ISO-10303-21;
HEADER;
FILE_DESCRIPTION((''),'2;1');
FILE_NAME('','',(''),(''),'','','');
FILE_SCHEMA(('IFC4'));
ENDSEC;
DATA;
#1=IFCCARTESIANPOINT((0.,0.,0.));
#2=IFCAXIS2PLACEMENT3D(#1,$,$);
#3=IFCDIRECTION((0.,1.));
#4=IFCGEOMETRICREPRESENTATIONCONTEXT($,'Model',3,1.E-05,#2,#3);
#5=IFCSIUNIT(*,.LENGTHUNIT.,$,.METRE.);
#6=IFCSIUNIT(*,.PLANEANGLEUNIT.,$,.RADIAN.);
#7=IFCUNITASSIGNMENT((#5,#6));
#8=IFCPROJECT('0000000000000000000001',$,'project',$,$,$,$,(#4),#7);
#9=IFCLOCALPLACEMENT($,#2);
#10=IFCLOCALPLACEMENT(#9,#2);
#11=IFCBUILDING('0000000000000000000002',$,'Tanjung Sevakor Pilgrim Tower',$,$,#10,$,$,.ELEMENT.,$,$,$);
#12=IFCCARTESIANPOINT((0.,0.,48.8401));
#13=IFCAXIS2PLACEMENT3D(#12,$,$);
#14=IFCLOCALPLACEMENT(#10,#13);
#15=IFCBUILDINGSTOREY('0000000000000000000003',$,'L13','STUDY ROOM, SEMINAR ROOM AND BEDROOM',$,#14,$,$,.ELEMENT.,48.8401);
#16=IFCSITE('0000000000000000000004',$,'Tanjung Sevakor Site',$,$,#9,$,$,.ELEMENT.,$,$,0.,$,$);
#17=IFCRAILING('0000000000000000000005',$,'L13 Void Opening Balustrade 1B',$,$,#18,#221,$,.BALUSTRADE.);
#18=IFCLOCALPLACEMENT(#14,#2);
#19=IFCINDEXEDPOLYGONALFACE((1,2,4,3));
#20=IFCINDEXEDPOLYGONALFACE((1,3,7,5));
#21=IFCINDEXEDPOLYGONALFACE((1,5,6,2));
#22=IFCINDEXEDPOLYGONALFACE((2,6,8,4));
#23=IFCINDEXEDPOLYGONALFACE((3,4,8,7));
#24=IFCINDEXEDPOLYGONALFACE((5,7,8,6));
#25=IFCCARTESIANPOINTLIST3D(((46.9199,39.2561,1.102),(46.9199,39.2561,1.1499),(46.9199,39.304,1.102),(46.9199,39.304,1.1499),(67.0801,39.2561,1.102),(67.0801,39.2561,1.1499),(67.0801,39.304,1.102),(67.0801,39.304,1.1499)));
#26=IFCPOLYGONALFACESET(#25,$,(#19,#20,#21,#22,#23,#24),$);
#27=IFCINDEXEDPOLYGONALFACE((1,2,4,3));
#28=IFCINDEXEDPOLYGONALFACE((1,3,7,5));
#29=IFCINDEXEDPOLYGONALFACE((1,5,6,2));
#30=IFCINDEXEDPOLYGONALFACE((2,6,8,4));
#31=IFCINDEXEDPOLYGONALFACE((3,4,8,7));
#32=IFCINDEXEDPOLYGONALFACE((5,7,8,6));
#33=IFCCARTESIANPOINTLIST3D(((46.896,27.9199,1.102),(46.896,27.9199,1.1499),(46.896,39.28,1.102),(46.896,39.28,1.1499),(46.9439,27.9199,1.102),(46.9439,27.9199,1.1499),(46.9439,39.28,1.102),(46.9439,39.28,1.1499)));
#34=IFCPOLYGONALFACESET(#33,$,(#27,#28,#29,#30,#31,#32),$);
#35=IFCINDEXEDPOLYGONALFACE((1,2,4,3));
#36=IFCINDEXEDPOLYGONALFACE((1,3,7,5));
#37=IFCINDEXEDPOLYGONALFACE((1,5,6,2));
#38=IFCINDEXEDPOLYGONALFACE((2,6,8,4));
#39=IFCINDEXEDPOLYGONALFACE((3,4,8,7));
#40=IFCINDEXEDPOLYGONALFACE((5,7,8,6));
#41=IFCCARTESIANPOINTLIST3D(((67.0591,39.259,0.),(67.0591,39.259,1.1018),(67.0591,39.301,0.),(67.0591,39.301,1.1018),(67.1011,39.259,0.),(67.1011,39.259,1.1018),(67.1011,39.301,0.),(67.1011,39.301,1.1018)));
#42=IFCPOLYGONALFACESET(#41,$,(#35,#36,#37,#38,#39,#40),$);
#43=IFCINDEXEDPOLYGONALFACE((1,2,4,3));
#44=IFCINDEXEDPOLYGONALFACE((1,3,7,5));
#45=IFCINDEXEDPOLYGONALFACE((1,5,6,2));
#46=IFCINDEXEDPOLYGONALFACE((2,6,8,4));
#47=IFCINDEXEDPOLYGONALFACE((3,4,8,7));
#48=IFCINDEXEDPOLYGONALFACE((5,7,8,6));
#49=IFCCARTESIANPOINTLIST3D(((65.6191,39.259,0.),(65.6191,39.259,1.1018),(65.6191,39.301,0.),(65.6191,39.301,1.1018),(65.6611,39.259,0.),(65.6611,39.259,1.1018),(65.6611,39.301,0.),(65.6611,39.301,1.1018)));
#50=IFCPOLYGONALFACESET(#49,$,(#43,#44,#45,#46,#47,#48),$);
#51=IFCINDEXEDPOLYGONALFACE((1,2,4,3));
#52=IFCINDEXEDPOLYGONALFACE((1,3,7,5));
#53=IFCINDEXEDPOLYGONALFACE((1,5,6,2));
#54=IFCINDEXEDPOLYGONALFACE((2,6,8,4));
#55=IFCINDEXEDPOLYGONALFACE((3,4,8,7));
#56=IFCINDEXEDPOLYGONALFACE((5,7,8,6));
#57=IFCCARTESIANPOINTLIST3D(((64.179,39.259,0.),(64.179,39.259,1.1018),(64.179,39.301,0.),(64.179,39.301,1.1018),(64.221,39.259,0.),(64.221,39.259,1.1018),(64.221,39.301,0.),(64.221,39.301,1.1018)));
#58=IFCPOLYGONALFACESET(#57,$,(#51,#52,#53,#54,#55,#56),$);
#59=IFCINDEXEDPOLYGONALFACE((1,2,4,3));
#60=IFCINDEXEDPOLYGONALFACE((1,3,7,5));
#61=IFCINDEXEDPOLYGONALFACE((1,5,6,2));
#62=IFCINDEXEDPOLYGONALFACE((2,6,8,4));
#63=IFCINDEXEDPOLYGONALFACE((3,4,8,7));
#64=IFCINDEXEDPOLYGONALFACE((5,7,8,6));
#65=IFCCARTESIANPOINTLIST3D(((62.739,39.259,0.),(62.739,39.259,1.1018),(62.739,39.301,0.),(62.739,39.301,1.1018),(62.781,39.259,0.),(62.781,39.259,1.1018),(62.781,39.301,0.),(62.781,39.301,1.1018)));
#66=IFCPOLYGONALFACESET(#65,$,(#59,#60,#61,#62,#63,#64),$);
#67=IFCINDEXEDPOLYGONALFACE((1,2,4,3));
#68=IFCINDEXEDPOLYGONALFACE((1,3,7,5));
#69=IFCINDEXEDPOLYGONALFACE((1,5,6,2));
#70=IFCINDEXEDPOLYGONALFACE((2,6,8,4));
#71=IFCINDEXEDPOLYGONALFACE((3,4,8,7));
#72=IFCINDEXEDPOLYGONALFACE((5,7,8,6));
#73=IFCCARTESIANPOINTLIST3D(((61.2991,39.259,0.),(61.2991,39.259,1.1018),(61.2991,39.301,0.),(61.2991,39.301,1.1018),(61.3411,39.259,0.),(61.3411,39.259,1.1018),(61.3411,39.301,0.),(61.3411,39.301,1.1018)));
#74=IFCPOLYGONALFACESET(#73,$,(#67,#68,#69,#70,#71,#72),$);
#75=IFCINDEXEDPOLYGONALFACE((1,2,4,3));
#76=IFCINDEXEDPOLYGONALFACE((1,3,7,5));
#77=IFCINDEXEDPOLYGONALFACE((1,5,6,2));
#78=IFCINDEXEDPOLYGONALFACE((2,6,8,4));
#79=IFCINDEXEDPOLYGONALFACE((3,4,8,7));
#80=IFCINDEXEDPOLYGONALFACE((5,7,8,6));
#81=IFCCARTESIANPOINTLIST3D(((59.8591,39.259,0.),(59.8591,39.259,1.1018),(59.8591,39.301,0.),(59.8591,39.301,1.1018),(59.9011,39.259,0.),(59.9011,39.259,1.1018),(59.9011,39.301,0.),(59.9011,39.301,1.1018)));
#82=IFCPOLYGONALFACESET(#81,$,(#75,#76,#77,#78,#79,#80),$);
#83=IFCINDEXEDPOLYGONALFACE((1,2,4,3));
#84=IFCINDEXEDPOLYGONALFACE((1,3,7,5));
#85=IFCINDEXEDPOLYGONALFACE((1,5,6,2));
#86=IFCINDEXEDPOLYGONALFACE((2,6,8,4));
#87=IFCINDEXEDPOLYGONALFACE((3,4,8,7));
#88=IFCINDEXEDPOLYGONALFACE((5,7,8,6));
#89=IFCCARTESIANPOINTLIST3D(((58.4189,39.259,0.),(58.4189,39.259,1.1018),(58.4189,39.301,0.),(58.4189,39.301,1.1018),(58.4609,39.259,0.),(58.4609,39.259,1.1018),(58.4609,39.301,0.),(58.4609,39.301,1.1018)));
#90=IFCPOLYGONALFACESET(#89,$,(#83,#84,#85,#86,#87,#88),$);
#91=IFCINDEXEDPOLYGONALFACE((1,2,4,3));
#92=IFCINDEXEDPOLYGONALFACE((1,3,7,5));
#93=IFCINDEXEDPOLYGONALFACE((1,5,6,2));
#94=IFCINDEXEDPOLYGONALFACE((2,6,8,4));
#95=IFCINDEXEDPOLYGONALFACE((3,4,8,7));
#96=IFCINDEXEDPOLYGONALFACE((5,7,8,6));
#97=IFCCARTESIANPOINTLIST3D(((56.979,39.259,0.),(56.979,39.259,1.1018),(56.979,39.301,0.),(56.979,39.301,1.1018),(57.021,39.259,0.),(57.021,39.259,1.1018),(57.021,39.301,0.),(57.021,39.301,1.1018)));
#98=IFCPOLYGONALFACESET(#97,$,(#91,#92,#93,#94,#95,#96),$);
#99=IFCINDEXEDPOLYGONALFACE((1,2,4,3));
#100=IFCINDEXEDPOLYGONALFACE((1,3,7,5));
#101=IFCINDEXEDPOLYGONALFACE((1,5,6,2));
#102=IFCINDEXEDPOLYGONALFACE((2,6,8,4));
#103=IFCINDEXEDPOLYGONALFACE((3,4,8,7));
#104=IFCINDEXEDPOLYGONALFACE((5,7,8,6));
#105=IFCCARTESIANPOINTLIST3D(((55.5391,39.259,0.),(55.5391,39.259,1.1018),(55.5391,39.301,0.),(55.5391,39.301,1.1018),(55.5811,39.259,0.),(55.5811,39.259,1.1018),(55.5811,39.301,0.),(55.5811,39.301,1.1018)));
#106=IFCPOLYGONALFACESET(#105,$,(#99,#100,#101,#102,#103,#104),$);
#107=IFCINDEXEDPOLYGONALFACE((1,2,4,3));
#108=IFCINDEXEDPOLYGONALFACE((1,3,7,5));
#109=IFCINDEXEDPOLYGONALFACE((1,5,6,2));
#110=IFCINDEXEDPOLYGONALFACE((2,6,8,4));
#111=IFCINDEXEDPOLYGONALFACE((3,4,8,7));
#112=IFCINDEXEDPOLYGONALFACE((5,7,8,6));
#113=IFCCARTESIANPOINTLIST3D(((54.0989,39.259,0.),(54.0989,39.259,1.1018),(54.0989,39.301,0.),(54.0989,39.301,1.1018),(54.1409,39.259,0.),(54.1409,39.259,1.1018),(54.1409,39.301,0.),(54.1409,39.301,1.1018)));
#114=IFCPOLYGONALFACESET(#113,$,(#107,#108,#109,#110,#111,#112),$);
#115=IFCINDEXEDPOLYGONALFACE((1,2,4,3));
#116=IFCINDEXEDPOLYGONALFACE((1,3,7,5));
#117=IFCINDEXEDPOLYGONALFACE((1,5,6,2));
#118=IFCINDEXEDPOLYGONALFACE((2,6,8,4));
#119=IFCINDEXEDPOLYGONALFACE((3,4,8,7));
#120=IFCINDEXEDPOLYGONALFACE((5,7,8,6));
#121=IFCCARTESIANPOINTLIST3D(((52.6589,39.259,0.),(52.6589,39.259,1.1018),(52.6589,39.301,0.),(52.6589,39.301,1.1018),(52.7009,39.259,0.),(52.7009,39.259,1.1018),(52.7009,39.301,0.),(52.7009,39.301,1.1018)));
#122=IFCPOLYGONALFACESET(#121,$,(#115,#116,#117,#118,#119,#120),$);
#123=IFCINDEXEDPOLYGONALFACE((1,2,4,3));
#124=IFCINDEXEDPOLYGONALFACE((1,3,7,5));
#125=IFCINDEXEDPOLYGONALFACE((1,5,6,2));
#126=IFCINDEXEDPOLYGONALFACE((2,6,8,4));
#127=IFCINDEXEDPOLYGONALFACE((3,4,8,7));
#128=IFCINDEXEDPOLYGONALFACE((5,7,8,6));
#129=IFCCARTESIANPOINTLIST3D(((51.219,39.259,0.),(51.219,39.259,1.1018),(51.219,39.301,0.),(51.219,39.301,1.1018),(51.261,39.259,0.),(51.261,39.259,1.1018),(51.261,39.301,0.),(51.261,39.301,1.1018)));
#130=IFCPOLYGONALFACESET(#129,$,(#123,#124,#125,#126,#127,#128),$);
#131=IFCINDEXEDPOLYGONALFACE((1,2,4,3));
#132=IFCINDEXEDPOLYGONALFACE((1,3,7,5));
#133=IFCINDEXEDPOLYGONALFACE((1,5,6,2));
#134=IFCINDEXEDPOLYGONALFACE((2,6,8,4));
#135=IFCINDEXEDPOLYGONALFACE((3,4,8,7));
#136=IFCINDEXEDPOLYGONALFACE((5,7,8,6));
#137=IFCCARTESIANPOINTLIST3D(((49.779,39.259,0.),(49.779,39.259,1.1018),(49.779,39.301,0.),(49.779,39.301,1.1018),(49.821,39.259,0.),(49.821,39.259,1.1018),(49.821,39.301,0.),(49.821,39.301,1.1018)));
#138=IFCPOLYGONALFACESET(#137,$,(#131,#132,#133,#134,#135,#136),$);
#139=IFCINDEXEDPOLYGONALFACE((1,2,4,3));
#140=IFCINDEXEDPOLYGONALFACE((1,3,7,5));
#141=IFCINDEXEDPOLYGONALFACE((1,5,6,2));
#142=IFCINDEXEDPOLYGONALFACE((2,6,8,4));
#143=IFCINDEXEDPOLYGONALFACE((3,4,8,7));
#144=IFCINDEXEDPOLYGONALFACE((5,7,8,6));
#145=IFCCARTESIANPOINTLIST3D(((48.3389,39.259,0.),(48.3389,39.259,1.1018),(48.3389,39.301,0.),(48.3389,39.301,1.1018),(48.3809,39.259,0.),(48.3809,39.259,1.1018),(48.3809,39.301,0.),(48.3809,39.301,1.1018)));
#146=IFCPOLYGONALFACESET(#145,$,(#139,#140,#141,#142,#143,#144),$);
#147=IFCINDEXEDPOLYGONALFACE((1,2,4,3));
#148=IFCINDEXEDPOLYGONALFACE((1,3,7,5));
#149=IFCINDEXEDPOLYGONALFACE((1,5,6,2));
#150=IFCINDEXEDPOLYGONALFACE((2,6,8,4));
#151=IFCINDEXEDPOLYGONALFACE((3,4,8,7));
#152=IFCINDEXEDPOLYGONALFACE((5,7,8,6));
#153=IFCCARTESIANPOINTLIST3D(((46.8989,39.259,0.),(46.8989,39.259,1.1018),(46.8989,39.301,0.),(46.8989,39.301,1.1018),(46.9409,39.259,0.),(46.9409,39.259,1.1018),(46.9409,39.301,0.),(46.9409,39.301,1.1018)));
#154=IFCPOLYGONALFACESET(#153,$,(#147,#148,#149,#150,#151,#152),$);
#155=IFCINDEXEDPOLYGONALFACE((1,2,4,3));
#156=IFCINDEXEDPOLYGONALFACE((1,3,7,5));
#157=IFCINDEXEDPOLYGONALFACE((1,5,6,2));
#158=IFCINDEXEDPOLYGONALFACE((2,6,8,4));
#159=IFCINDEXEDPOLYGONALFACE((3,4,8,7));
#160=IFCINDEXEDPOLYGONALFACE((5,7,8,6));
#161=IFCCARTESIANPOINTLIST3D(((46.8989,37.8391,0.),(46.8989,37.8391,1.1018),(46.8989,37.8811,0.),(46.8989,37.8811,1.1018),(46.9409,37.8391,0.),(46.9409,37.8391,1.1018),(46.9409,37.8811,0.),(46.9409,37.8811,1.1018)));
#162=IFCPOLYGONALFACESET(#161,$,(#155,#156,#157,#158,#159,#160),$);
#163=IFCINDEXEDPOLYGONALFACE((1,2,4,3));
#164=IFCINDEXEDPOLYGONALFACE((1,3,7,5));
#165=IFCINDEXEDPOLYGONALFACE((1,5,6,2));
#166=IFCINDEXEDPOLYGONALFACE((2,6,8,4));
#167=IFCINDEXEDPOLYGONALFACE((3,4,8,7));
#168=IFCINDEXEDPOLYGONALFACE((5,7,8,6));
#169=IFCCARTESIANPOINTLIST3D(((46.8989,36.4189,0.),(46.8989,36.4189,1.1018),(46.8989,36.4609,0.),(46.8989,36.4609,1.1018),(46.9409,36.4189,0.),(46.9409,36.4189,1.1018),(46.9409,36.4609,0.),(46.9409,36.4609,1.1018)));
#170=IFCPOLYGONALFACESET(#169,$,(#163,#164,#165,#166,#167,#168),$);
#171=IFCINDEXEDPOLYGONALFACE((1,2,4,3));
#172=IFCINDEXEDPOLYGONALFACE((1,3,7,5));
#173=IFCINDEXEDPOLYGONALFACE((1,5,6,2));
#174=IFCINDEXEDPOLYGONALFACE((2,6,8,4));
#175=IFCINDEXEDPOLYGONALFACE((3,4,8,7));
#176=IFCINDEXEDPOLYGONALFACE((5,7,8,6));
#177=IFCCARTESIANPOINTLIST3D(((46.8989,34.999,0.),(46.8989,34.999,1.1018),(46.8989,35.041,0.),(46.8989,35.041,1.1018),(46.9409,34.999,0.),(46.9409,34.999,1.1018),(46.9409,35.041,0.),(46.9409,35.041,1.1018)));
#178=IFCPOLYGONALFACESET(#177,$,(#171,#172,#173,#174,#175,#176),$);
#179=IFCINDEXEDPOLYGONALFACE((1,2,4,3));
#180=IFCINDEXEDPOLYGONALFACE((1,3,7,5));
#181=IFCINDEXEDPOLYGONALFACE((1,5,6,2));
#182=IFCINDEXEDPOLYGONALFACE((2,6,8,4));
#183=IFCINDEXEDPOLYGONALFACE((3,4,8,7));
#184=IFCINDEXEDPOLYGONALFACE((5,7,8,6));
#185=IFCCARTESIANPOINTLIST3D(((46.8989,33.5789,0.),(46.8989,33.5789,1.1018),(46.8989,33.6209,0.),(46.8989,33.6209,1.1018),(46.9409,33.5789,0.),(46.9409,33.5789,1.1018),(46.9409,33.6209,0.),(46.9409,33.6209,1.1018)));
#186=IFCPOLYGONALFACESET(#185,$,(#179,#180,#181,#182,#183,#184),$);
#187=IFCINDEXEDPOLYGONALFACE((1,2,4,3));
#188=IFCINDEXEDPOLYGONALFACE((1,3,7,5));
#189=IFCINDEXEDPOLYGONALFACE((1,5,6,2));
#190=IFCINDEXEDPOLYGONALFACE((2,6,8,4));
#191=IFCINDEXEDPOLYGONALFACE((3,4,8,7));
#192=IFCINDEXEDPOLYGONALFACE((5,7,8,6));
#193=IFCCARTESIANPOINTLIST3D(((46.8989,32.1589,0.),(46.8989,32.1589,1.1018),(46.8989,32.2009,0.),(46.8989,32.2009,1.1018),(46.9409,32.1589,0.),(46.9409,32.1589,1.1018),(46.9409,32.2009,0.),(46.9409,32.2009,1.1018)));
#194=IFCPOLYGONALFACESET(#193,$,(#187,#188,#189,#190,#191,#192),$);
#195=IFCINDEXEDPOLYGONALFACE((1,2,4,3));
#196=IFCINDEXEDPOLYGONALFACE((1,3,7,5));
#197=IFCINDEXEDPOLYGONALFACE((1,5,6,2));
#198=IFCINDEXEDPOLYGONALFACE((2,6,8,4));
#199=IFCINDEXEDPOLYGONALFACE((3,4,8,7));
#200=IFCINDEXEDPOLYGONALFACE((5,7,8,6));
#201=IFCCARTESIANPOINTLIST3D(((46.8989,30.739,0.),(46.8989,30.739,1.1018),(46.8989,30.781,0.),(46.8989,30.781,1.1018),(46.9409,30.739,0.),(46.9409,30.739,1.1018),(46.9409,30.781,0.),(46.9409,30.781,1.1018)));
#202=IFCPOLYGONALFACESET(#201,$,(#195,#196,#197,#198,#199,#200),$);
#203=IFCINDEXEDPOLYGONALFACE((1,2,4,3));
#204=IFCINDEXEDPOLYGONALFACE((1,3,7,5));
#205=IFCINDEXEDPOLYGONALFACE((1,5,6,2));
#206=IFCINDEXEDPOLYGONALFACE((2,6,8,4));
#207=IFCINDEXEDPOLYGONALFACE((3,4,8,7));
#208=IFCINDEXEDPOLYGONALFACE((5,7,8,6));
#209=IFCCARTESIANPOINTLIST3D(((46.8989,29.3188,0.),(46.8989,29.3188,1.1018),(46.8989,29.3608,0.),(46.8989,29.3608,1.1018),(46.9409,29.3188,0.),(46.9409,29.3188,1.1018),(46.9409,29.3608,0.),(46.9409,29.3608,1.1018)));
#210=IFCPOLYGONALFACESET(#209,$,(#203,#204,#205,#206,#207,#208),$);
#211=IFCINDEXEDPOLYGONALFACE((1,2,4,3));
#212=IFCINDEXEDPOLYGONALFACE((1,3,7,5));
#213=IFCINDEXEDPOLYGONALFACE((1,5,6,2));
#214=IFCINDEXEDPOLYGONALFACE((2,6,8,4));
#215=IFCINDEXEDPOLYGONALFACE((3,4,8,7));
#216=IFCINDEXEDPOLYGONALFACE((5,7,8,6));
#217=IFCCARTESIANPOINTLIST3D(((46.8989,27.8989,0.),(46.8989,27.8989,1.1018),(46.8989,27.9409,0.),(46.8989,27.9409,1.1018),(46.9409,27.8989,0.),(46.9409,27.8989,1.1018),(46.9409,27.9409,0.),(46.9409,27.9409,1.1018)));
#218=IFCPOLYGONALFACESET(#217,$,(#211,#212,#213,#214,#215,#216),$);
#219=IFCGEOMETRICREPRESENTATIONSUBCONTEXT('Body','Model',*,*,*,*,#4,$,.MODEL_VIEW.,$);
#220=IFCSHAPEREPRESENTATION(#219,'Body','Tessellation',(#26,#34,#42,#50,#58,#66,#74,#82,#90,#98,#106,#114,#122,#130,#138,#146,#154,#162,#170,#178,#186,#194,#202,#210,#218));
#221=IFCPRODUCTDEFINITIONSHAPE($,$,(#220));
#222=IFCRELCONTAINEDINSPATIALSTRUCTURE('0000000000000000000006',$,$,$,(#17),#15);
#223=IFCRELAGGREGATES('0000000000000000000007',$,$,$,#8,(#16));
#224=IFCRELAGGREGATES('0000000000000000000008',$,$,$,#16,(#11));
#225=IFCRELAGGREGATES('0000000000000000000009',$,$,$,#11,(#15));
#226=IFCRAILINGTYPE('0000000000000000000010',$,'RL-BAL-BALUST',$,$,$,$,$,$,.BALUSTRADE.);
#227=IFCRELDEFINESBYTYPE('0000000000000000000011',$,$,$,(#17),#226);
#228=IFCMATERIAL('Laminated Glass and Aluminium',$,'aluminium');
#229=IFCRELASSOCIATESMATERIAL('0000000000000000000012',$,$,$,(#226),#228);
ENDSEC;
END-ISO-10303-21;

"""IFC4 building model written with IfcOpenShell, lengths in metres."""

from ifc_helpers import new_model, si_unit, direction, frame, origin, place, context, subcontext, project, spatial, rectangle, extrude, material, type_object, element, save


model = new_model("IFC4")

# Units and contexts
model_context = context("Model", 3, precision=1e-05, world=origin(), true_north=direction((0.0, 1.0)))
body_context = subcontext(model_context, "Body", "Model", "MODEL_VIEW")
ifc_project = project(units=[si_unit("LENGTHUNIT", "METRE"), si_unit("PLANEANGLEUNIT", "RADIAN")], contexts=[model_context])

# Site, building, storey
site_placement = place(None, origin())
site = spatial("IfcSite", under=ifc_project, at=site_placement, Name="Tanjung Sevakor Site", CompositionType="ELEMENT", RefElevation=0.0)
building_placement = place(site_placement, origin())
building = spatial("IfcBuilding", under=site, at=building_placement, Name="Tanjung Sevakor Pilgrim Tower", CompositionType="ELEMENT")
storey_placement = place(building_placement, frame((0.0, 0.0, 48.8401)))
storey = spatial("IfcBuildingStorey", under=building, at=storey_placement, Name="L13", Description="STUDY ROOM, SEMINAR ROOM AND BEDROOM", CompositionType="ELEMENT", Elevation=48.8401)

# Railing
ifc_material_1 = material(Name="Laminated Glass and Aluminium", Category="aluminium")
railing_type = type_object("IfcRailingType", Name="RL-BAL-BALUST", PredefinedType="BALUSTRADE", material=ifc_material_1)
railing_placement = place(storey_placement, frame((67.0801, 39.28, 0.0)))
element("IfcRailing", 1, at=railing_placement, inside=storey, type_object=railing_type, Name="L13 Void Opening Balustrade 1B", PredefinedType="BALUSTRADE", context=body_context, shape_type="SweptSolid", body=[
    extrude(rectangle(XDim=0.0479, YDim=0.0479), frame((0.0, 0.0, 1.126), z_axis=(-1.0, 0.0, 0.0), x_axis=(0.0, -1.0, 0.0)), (0.0, 0.0, 1.0), 20.1602),
    extrude(rectangle(XDim=0.0479, YDim=0.0479), frame((-20.1602, 0.0, 1.126), z_axis=(0.0, -1.0, 0.0), x_axis=(1.0, 0.0, 0.0)), (0.0, 0.0, 1.0), 11.3601),
    extrude(rectangle(XDim=0.042, YDim=0.042), origin(), (0.0, 0.0, 1.0), 1.1018),
    extrude(rectangle(XDim=0.042, YDim=0.042), frame((-1.4399, 0.0, 0.0)), (0.0, 0.0, 1.0), 1.1018),
    extrude(rectangle(XDim=0.042, YDim=0.042), frame((-2.8801, 0.0, 0.0)), (0.0, 0.0, 1.0), 1.1018),
    extrude(rectangle(XDim=0.042, YDim=0.042), frame((-4.3201, 0.0, 0.0)), (0.0, 0.0, 1.0), 1.1018),
    extrude(rectangle(XDim=0.042, YDim=0.042), frame((-5.76, 0.0, 0.0)), (0.0, 0.0, 1.0), 1.1018),
    extrude(rectangle(XDim=0.042, YDim=0.042), frame((-7.2, 0.0, 0.0)), (0.0, 0.0, 1.0), 1.1018),
    extrude(rectangle(XDim=0.042, YDim=0.042), frame((-8.6401, 0.0, 0.0)), (0.0, 0.0, 1.0), 1.1018),
    extrude(rectangle(XDim=0.042, YDim=0.042), frame((-10.0801, 0.0, 0.0)), (0.0, 0.0, 1.0), 1.1018),
    extrude(rectangle(XDim=0.042, YDim=0.042), frame((-11.52, 0.0, 0.0)), (0.0, 0.0, 1.0), 1.1018),
    extrude(rectangle(XDim=0.042, YDim=0.042), frame((-12.9602, 0.0, 0.0)), (0.0, 0.0, 1.0), 1.1018),
    extrude(rectangle(XDim=0.042, YDim=0.042), frame((-14.4001, 0.0, 0.0)), (0.0, 0.0, 1.0), 1.1018),
    extrude(rectangle(XDim=0.042, YDim=0.042), frame((-15.8401, 0.0, 0.0)), (0.0, 0.0, 1.0), 1.1018),
    extrude(rectangle(XDim=0.042, YDim=0.042), frame((-17.28, 0.0, 0.0)), (0.0, 0.0, 1.0), 1.1018),
    extrude(rectangle(XDim=0.042, YDim=0.042), frame((-18.7202, 0.0, 0.0)), (0.0, 0.0, 1.0), 1.1018),
    extrude(rectangle(XDim=0.042, YDim=0.042), frame((-20.1602, 0.0, 0.0)), (0.0, 0.0, 1.0), 1.1018),
    extrude(rectangle(XDim=0.042, YDim=0.042), frame((-20.1602, -1.4199, 0.0)), (0.0, 0.0, 1.0), 1.1018),
    extrude(rectangle(XDim=0.042, YDim=0.042), frame((-20.1602, -2.8401, 0.0)), (0.0, 0.0, 1.0), 1.1018),
    extrude(rectangle(XDim=0.042, YDim=0.042), frame((-20.1602, -4.26, 0.0)), (0.0, 0.0, 1.0), 1.1018),
    extrude(rectangle(XDim=0.042, YDim=0.042), frame((-20.1602, -5.6802, 0.0)), (0.0, 0.0, 1.0), 1.1018),
    extrude(rectangle(XDim=0.042, YDim=0.042), frame((-20.1602, -7.1001, 0.0)), (0.0, 0.0, 1.0), 1.1018),
    extrude(rectangle(XDim=0.042, YDim=0.042), frame((-20.1602, -8.52, 0.0)), (0.0, 0.0, 1.0), 1.1018),
    extrude(rectangle(XDim=0.042, YDim=0.042), frame((-20.1602, -9.9402, 0.0)), (0.0, 0.0, 1.0), 1.1018),
    extrude(rectangle(XDim=0.042, YDim=0.042), frame((-20.1602, -11.3601, 0.0)), (0.0, 0.0, 1.0), 1.1018),
])

save(model, "model.ifc")
